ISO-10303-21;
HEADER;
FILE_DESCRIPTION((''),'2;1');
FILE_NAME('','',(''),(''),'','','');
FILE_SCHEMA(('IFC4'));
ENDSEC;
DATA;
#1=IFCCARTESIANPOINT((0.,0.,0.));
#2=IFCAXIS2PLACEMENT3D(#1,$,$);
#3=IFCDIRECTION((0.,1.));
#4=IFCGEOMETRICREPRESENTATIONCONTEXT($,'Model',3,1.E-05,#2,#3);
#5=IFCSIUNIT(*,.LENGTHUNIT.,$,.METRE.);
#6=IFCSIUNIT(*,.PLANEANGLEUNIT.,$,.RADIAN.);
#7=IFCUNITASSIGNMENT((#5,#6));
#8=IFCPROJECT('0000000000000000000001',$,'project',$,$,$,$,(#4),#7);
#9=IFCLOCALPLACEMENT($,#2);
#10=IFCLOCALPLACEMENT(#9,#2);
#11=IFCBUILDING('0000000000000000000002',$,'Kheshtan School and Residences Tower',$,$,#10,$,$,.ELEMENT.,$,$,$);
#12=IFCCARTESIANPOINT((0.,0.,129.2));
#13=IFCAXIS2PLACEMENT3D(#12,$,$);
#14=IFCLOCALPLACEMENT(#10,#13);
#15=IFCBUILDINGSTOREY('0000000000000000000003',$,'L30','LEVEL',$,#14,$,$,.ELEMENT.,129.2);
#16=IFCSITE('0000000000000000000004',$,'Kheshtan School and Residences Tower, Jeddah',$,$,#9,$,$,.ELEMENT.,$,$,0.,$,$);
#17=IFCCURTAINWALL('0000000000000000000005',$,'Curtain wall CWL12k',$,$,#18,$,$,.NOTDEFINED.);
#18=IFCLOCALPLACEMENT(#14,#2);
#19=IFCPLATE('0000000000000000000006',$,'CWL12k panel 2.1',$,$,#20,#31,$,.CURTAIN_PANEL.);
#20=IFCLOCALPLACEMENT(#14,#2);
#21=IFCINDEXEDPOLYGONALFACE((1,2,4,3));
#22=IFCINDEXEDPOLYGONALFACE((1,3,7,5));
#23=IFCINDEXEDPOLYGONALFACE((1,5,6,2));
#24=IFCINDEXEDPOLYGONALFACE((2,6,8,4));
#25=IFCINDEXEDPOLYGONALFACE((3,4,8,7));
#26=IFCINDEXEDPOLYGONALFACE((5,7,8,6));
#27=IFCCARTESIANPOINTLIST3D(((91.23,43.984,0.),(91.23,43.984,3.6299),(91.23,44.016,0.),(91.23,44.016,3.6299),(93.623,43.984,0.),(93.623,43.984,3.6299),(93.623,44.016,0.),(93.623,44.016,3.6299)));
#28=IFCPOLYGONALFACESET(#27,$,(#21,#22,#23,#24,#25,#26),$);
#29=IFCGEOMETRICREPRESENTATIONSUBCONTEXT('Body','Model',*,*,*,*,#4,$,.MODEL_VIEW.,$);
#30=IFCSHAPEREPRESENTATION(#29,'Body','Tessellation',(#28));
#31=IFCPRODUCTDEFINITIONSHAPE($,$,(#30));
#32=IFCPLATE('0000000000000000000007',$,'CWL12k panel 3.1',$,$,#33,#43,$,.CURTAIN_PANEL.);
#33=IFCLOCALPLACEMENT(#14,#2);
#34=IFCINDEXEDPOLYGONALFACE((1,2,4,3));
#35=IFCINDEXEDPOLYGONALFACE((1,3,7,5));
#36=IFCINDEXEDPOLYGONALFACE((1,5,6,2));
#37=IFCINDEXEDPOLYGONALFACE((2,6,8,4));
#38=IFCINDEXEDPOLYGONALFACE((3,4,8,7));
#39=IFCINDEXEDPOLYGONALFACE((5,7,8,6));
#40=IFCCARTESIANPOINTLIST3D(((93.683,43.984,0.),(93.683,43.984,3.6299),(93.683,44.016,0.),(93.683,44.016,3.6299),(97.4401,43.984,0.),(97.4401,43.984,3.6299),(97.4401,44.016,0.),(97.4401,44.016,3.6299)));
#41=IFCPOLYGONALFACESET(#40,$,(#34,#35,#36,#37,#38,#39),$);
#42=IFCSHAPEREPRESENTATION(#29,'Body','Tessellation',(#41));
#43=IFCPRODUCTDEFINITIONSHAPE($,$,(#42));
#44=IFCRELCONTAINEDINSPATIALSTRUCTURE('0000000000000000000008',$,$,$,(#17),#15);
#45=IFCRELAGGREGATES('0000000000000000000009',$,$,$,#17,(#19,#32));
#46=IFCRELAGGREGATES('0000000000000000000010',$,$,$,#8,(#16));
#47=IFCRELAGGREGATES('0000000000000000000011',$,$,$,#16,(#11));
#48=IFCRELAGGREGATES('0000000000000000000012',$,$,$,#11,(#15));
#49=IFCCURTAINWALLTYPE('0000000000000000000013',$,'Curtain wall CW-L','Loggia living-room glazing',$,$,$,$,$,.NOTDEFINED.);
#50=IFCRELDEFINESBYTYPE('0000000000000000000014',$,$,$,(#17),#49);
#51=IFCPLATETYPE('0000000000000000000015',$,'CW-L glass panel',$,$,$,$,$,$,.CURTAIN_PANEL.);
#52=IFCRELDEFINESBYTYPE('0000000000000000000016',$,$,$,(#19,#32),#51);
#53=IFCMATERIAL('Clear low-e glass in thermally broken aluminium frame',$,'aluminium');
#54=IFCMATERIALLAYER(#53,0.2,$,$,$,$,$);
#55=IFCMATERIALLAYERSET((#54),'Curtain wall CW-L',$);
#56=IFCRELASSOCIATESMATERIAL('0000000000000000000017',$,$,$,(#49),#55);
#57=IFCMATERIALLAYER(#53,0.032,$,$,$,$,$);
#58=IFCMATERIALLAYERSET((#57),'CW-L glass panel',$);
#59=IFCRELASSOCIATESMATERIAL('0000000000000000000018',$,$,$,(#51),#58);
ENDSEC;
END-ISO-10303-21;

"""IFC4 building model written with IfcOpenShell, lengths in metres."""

from ifc_helpers import new_model, si_unit, direction, frame, origin, origin_2d, place, context, subcontext, project, spatial, rectangle, extrude, material, layer, layer_set, type_object, element, aggregate, save


model = new_model("IFC4")

# Units and contexts
model_context = context("Model", 3, precision=1e-05, world=origin(), true_north=direction((0.0, 1.0)))
body_context = subcontext(model_context, "Body", "Model", "MODEL_VIEW")
ifc_project = project(units=[si_unit("LENGTHUNIT", "METRE"), si_unit("PLANEANGLEUNIT", "RADIAN")], contexts=[model_context])

# Site, building, storey
site_placement = place(None, origin())
site = spatial("IfcSite", under=ifc_project, at=site_placement, Name="Kheshtan School and Residences Tower, Jeddah", CompositionType="ELEMENT", RefElevation=0.0)
building_placement = place(site_placement, origin())
building = spatial("IfcBuilding", under=site, at=building_placement, Name="Kheshtan School and Residences Tower", CompositionType="ELEMENT")
storey_placement = place(building_placement, frame((0.0, 0.0, 129.2)))
storey = spatial("IfcBuildingStorey", under=building, at=storey_placement, Name="L30", Description="LEVEL", CompositionType="ELEMENT", Elevation=129.2)

# Curtain wall
ifc_material_1 = material(Name="Clear low-e glass in thermally broken aluminium frame", Category="aluminium")
ifc_layer_1 = layer(ifc_material_1, 0.2)
ifc_layer_set_1 = layer_set([ifc_layer_1], Name="Curtain wall CW-L")
curtain_wall_type = type_object("IfcCurtainWallType", Name="Curtain wall CW-L", Description="Loggia living-room glazing", PredefinedType="NOTDEFINED", material=ifc_layer_set_1)
curtain_wall_1_placement = place(storey_placement, origin())
curtain_wall_1 = element("IfcCurtainWall", 1, at=curtain_wall_1_placement, inside=storey, type_object=curtain_wall_type, Name="Curtain wall CWL12k", PredefinedType="NOTDEFINED")

# Plates
ifc_layer_2 = layer(ifc_material_1, 0.032)
ifc_layer_set_2 = layer_set([ifc_layer_2], Name="CW-L glass panel")
plate_type = type_object("IfcPlateType", Name="CW-L glass panel", PredefinedType="CURTAIN_PANEL", material=ifc_layer_set_2)
plate_1_placement = place(storey_placement, frame((92.4265, 44.0, 0.0), z_axis=(0.0, 0.0, 1.0), x_axis=(1.0, 0.0, 0.0)))
plate_1 = element("IfcPlate", 2, at=plate_1_placement, type_object=plate_type, Name="CWL12k panel 2.1", PredefinedType="CURTAIN_PANEL", context=body_context, shape_type="SweptSolid", body=[
    extrude(rectangle(XDim=2.3931, YDim=0.032, at=origin_2d()), origin(), (0.0, 0.0, 1.0), 3.6299),
])
plate_2_placement = place(storey_placement, frame((95.5615, 44.0, 0.0), z_axis=(0.0, 0.0, 1.0), x_axis=(1.0, 0.0, 0.0)))
plate_2 = element("IfcPlate", 3, at=plate_2_placement, type_object=plate_type, Name="CWL12k panel 3.1", PredefinedType="CURTAIN_PANEL", context=body_context, shape_type="SweptSolid", body=[
    extrude(rectangle(XDim=3.7571, YDim=0.032, at=origin_2d()), origin(), (0.0, 0.0, 1.0), 3.6299),
])
aggregate(curtain_wall_1, [plate_1, plate_2])

save(model, "model.ifc")
